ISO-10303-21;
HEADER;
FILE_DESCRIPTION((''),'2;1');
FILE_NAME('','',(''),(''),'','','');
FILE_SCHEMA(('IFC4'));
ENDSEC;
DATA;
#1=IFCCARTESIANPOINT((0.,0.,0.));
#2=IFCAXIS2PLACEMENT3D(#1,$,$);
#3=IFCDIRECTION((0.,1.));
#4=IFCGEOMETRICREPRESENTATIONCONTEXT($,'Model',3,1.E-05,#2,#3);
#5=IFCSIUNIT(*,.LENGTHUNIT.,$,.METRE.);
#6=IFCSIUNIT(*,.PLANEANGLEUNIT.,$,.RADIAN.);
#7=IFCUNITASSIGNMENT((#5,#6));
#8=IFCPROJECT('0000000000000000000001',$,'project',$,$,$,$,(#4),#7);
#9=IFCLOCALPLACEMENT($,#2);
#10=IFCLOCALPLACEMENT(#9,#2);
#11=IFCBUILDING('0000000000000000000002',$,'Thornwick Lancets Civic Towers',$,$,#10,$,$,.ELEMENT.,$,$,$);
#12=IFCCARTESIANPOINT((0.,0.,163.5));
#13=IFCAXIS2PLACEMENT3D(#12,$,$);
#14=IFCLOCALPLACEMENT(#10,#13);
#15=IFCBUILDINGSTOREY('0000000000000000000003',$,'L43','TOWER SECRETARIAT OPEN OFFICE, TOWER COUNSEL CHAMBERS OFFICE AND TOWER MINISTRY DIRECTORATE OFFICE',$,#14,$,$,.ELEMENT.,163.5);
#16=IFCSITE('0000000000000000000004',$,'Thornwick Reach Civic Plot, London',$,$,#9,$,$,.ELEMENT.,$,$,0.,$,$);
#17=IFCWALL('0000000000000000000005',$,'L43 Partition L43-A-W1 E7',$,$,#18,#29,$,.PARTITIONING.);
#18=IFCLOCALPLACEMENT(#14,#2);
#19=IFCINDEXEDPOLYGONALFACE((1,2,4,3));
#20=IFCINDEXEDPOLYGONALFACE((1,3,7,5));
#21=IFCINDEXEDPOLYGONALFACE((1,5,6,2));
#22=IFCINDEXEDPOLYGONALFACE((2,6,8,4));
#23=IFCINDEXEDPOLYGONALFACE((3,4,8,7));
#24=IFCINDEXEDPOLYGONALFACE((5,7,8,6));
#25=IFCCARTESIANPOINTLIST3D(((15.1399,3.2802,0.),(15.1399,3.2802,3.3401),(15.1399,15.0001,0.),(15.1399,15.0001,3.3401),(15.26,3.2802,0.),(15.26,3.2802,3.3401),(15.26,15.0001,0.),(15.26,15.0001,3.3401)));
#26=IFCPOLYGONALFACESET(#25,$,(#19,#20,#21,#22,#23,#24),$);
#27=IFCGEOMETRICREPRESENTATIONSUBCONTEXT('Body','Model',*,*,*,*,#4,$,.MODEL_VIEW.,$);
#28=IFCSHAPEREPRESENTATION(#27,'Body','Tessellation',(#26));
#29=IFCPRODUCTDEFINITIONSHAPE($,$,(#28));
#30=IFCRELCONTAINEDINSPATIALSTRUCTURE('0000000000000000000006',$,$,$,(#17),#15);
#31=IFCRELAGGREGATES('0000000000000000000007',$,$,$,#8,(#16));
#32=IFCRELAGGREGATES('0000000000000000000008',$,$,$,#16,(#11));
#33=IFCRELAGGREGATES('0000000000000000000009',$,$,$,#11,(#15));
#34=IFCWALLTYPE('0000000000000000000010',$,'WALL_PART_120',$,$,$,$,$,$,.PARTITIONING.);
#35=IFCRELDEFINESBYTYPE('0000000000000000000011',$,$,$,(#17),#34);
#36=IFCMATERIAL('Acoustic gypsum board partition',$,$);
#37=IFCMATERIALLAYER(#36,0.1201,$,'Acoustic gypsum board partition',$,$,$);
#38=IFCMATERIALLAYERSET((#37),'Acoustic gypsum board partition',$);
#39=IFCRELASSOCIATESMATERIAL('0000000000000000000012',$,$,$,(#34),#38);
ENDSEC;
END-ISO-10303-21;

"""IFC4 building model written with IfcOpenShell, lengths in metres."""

from ifc_helpers import new_model, si_unit, direction, frame, frame_2d, origin, place, context, subcontext, project, spatial, rectangle, extrude, material, layer, layer_set, type_object, element, save


model = new_model("IFC4")

# Units and contexts
model_context = context("Model", 3, precision=1e-05, world=origin(), true_north=direction((0.0, 1.0)))
body_context = subcontext(model_context, "Body", "Model", "MODEL_VIEW")
ifc_project = project(units=[si_unit("LENGTHUNIT", "METRE"), si_unit("PLANEANGLEUNIT", "RADIAN")], contexts=[model_context])

# Site, building, storey
site_placement = place(None, origin())
site = spatial("IfcSite", under=ifc_project, at=site_placement, Name="Thornwick Reach Civic Plot, London", CompositionType="ELEMENT", RefElevation=0.0)
building_placement = place(site_placement, origin())
building = spatial("IfcBuilding", under=site, at=building_placement, Name="Thornwick Lancets Civic Towers", CompositionType="ELEMENT")
storey_placement = place(building_placement, frame((0.0, 0.0, 163.5)))
storey = spatial("IfcBuildingStorey", under=building, at=storey_placement, Name="L43", Description="TOWER SECRETARIAT OPEN OFFICE, TOWER COUNSEL CHAMBERS OFFICE AND TOWER MINISTRY DIRECTORATE OFFICE", CompositionType="ELEMENT", Elevation=163.5)

# Wall
ifc_material_1 = material(Name="Acoustic gypsum board partition")
ifc_layer_1 = layer(ifc_material_1, 0.1201, Name="Acoustic gypsum board partition")
ifc_layer_set_1 = layer_set([ifc_layer_1], Name="Acoustic gypsum board partition")
wall_type_1 = type_object("IfcWallType", Name="WALL_PART_120", PredefinedType="PARTITIONING", material=ifc_layer_set_1)
wall_1_placement = place(storey_placement, frame((15.2, 15.0, 0.0), z_axis=(0.0, 0.0, 1.0), x_axis=(0.0, -1.0, 0.0)))
element("IfcWall", 1, at=wall_1_placement, inside=storey, type_object=wall_type_1, Name="L43 Partition L43-A-W1 E7", PredefinedType="PARTITIONING", context=body_context, shape_type="SweptSolid", body=[
    extrude(rectangle(XDim=11.72, YDim=0.1201, at=frame_2d((5.8599, 0.0))), origin(), (0.0, 0.0, 1.0), 3.3401),
])

save(model, "model.ifc")
